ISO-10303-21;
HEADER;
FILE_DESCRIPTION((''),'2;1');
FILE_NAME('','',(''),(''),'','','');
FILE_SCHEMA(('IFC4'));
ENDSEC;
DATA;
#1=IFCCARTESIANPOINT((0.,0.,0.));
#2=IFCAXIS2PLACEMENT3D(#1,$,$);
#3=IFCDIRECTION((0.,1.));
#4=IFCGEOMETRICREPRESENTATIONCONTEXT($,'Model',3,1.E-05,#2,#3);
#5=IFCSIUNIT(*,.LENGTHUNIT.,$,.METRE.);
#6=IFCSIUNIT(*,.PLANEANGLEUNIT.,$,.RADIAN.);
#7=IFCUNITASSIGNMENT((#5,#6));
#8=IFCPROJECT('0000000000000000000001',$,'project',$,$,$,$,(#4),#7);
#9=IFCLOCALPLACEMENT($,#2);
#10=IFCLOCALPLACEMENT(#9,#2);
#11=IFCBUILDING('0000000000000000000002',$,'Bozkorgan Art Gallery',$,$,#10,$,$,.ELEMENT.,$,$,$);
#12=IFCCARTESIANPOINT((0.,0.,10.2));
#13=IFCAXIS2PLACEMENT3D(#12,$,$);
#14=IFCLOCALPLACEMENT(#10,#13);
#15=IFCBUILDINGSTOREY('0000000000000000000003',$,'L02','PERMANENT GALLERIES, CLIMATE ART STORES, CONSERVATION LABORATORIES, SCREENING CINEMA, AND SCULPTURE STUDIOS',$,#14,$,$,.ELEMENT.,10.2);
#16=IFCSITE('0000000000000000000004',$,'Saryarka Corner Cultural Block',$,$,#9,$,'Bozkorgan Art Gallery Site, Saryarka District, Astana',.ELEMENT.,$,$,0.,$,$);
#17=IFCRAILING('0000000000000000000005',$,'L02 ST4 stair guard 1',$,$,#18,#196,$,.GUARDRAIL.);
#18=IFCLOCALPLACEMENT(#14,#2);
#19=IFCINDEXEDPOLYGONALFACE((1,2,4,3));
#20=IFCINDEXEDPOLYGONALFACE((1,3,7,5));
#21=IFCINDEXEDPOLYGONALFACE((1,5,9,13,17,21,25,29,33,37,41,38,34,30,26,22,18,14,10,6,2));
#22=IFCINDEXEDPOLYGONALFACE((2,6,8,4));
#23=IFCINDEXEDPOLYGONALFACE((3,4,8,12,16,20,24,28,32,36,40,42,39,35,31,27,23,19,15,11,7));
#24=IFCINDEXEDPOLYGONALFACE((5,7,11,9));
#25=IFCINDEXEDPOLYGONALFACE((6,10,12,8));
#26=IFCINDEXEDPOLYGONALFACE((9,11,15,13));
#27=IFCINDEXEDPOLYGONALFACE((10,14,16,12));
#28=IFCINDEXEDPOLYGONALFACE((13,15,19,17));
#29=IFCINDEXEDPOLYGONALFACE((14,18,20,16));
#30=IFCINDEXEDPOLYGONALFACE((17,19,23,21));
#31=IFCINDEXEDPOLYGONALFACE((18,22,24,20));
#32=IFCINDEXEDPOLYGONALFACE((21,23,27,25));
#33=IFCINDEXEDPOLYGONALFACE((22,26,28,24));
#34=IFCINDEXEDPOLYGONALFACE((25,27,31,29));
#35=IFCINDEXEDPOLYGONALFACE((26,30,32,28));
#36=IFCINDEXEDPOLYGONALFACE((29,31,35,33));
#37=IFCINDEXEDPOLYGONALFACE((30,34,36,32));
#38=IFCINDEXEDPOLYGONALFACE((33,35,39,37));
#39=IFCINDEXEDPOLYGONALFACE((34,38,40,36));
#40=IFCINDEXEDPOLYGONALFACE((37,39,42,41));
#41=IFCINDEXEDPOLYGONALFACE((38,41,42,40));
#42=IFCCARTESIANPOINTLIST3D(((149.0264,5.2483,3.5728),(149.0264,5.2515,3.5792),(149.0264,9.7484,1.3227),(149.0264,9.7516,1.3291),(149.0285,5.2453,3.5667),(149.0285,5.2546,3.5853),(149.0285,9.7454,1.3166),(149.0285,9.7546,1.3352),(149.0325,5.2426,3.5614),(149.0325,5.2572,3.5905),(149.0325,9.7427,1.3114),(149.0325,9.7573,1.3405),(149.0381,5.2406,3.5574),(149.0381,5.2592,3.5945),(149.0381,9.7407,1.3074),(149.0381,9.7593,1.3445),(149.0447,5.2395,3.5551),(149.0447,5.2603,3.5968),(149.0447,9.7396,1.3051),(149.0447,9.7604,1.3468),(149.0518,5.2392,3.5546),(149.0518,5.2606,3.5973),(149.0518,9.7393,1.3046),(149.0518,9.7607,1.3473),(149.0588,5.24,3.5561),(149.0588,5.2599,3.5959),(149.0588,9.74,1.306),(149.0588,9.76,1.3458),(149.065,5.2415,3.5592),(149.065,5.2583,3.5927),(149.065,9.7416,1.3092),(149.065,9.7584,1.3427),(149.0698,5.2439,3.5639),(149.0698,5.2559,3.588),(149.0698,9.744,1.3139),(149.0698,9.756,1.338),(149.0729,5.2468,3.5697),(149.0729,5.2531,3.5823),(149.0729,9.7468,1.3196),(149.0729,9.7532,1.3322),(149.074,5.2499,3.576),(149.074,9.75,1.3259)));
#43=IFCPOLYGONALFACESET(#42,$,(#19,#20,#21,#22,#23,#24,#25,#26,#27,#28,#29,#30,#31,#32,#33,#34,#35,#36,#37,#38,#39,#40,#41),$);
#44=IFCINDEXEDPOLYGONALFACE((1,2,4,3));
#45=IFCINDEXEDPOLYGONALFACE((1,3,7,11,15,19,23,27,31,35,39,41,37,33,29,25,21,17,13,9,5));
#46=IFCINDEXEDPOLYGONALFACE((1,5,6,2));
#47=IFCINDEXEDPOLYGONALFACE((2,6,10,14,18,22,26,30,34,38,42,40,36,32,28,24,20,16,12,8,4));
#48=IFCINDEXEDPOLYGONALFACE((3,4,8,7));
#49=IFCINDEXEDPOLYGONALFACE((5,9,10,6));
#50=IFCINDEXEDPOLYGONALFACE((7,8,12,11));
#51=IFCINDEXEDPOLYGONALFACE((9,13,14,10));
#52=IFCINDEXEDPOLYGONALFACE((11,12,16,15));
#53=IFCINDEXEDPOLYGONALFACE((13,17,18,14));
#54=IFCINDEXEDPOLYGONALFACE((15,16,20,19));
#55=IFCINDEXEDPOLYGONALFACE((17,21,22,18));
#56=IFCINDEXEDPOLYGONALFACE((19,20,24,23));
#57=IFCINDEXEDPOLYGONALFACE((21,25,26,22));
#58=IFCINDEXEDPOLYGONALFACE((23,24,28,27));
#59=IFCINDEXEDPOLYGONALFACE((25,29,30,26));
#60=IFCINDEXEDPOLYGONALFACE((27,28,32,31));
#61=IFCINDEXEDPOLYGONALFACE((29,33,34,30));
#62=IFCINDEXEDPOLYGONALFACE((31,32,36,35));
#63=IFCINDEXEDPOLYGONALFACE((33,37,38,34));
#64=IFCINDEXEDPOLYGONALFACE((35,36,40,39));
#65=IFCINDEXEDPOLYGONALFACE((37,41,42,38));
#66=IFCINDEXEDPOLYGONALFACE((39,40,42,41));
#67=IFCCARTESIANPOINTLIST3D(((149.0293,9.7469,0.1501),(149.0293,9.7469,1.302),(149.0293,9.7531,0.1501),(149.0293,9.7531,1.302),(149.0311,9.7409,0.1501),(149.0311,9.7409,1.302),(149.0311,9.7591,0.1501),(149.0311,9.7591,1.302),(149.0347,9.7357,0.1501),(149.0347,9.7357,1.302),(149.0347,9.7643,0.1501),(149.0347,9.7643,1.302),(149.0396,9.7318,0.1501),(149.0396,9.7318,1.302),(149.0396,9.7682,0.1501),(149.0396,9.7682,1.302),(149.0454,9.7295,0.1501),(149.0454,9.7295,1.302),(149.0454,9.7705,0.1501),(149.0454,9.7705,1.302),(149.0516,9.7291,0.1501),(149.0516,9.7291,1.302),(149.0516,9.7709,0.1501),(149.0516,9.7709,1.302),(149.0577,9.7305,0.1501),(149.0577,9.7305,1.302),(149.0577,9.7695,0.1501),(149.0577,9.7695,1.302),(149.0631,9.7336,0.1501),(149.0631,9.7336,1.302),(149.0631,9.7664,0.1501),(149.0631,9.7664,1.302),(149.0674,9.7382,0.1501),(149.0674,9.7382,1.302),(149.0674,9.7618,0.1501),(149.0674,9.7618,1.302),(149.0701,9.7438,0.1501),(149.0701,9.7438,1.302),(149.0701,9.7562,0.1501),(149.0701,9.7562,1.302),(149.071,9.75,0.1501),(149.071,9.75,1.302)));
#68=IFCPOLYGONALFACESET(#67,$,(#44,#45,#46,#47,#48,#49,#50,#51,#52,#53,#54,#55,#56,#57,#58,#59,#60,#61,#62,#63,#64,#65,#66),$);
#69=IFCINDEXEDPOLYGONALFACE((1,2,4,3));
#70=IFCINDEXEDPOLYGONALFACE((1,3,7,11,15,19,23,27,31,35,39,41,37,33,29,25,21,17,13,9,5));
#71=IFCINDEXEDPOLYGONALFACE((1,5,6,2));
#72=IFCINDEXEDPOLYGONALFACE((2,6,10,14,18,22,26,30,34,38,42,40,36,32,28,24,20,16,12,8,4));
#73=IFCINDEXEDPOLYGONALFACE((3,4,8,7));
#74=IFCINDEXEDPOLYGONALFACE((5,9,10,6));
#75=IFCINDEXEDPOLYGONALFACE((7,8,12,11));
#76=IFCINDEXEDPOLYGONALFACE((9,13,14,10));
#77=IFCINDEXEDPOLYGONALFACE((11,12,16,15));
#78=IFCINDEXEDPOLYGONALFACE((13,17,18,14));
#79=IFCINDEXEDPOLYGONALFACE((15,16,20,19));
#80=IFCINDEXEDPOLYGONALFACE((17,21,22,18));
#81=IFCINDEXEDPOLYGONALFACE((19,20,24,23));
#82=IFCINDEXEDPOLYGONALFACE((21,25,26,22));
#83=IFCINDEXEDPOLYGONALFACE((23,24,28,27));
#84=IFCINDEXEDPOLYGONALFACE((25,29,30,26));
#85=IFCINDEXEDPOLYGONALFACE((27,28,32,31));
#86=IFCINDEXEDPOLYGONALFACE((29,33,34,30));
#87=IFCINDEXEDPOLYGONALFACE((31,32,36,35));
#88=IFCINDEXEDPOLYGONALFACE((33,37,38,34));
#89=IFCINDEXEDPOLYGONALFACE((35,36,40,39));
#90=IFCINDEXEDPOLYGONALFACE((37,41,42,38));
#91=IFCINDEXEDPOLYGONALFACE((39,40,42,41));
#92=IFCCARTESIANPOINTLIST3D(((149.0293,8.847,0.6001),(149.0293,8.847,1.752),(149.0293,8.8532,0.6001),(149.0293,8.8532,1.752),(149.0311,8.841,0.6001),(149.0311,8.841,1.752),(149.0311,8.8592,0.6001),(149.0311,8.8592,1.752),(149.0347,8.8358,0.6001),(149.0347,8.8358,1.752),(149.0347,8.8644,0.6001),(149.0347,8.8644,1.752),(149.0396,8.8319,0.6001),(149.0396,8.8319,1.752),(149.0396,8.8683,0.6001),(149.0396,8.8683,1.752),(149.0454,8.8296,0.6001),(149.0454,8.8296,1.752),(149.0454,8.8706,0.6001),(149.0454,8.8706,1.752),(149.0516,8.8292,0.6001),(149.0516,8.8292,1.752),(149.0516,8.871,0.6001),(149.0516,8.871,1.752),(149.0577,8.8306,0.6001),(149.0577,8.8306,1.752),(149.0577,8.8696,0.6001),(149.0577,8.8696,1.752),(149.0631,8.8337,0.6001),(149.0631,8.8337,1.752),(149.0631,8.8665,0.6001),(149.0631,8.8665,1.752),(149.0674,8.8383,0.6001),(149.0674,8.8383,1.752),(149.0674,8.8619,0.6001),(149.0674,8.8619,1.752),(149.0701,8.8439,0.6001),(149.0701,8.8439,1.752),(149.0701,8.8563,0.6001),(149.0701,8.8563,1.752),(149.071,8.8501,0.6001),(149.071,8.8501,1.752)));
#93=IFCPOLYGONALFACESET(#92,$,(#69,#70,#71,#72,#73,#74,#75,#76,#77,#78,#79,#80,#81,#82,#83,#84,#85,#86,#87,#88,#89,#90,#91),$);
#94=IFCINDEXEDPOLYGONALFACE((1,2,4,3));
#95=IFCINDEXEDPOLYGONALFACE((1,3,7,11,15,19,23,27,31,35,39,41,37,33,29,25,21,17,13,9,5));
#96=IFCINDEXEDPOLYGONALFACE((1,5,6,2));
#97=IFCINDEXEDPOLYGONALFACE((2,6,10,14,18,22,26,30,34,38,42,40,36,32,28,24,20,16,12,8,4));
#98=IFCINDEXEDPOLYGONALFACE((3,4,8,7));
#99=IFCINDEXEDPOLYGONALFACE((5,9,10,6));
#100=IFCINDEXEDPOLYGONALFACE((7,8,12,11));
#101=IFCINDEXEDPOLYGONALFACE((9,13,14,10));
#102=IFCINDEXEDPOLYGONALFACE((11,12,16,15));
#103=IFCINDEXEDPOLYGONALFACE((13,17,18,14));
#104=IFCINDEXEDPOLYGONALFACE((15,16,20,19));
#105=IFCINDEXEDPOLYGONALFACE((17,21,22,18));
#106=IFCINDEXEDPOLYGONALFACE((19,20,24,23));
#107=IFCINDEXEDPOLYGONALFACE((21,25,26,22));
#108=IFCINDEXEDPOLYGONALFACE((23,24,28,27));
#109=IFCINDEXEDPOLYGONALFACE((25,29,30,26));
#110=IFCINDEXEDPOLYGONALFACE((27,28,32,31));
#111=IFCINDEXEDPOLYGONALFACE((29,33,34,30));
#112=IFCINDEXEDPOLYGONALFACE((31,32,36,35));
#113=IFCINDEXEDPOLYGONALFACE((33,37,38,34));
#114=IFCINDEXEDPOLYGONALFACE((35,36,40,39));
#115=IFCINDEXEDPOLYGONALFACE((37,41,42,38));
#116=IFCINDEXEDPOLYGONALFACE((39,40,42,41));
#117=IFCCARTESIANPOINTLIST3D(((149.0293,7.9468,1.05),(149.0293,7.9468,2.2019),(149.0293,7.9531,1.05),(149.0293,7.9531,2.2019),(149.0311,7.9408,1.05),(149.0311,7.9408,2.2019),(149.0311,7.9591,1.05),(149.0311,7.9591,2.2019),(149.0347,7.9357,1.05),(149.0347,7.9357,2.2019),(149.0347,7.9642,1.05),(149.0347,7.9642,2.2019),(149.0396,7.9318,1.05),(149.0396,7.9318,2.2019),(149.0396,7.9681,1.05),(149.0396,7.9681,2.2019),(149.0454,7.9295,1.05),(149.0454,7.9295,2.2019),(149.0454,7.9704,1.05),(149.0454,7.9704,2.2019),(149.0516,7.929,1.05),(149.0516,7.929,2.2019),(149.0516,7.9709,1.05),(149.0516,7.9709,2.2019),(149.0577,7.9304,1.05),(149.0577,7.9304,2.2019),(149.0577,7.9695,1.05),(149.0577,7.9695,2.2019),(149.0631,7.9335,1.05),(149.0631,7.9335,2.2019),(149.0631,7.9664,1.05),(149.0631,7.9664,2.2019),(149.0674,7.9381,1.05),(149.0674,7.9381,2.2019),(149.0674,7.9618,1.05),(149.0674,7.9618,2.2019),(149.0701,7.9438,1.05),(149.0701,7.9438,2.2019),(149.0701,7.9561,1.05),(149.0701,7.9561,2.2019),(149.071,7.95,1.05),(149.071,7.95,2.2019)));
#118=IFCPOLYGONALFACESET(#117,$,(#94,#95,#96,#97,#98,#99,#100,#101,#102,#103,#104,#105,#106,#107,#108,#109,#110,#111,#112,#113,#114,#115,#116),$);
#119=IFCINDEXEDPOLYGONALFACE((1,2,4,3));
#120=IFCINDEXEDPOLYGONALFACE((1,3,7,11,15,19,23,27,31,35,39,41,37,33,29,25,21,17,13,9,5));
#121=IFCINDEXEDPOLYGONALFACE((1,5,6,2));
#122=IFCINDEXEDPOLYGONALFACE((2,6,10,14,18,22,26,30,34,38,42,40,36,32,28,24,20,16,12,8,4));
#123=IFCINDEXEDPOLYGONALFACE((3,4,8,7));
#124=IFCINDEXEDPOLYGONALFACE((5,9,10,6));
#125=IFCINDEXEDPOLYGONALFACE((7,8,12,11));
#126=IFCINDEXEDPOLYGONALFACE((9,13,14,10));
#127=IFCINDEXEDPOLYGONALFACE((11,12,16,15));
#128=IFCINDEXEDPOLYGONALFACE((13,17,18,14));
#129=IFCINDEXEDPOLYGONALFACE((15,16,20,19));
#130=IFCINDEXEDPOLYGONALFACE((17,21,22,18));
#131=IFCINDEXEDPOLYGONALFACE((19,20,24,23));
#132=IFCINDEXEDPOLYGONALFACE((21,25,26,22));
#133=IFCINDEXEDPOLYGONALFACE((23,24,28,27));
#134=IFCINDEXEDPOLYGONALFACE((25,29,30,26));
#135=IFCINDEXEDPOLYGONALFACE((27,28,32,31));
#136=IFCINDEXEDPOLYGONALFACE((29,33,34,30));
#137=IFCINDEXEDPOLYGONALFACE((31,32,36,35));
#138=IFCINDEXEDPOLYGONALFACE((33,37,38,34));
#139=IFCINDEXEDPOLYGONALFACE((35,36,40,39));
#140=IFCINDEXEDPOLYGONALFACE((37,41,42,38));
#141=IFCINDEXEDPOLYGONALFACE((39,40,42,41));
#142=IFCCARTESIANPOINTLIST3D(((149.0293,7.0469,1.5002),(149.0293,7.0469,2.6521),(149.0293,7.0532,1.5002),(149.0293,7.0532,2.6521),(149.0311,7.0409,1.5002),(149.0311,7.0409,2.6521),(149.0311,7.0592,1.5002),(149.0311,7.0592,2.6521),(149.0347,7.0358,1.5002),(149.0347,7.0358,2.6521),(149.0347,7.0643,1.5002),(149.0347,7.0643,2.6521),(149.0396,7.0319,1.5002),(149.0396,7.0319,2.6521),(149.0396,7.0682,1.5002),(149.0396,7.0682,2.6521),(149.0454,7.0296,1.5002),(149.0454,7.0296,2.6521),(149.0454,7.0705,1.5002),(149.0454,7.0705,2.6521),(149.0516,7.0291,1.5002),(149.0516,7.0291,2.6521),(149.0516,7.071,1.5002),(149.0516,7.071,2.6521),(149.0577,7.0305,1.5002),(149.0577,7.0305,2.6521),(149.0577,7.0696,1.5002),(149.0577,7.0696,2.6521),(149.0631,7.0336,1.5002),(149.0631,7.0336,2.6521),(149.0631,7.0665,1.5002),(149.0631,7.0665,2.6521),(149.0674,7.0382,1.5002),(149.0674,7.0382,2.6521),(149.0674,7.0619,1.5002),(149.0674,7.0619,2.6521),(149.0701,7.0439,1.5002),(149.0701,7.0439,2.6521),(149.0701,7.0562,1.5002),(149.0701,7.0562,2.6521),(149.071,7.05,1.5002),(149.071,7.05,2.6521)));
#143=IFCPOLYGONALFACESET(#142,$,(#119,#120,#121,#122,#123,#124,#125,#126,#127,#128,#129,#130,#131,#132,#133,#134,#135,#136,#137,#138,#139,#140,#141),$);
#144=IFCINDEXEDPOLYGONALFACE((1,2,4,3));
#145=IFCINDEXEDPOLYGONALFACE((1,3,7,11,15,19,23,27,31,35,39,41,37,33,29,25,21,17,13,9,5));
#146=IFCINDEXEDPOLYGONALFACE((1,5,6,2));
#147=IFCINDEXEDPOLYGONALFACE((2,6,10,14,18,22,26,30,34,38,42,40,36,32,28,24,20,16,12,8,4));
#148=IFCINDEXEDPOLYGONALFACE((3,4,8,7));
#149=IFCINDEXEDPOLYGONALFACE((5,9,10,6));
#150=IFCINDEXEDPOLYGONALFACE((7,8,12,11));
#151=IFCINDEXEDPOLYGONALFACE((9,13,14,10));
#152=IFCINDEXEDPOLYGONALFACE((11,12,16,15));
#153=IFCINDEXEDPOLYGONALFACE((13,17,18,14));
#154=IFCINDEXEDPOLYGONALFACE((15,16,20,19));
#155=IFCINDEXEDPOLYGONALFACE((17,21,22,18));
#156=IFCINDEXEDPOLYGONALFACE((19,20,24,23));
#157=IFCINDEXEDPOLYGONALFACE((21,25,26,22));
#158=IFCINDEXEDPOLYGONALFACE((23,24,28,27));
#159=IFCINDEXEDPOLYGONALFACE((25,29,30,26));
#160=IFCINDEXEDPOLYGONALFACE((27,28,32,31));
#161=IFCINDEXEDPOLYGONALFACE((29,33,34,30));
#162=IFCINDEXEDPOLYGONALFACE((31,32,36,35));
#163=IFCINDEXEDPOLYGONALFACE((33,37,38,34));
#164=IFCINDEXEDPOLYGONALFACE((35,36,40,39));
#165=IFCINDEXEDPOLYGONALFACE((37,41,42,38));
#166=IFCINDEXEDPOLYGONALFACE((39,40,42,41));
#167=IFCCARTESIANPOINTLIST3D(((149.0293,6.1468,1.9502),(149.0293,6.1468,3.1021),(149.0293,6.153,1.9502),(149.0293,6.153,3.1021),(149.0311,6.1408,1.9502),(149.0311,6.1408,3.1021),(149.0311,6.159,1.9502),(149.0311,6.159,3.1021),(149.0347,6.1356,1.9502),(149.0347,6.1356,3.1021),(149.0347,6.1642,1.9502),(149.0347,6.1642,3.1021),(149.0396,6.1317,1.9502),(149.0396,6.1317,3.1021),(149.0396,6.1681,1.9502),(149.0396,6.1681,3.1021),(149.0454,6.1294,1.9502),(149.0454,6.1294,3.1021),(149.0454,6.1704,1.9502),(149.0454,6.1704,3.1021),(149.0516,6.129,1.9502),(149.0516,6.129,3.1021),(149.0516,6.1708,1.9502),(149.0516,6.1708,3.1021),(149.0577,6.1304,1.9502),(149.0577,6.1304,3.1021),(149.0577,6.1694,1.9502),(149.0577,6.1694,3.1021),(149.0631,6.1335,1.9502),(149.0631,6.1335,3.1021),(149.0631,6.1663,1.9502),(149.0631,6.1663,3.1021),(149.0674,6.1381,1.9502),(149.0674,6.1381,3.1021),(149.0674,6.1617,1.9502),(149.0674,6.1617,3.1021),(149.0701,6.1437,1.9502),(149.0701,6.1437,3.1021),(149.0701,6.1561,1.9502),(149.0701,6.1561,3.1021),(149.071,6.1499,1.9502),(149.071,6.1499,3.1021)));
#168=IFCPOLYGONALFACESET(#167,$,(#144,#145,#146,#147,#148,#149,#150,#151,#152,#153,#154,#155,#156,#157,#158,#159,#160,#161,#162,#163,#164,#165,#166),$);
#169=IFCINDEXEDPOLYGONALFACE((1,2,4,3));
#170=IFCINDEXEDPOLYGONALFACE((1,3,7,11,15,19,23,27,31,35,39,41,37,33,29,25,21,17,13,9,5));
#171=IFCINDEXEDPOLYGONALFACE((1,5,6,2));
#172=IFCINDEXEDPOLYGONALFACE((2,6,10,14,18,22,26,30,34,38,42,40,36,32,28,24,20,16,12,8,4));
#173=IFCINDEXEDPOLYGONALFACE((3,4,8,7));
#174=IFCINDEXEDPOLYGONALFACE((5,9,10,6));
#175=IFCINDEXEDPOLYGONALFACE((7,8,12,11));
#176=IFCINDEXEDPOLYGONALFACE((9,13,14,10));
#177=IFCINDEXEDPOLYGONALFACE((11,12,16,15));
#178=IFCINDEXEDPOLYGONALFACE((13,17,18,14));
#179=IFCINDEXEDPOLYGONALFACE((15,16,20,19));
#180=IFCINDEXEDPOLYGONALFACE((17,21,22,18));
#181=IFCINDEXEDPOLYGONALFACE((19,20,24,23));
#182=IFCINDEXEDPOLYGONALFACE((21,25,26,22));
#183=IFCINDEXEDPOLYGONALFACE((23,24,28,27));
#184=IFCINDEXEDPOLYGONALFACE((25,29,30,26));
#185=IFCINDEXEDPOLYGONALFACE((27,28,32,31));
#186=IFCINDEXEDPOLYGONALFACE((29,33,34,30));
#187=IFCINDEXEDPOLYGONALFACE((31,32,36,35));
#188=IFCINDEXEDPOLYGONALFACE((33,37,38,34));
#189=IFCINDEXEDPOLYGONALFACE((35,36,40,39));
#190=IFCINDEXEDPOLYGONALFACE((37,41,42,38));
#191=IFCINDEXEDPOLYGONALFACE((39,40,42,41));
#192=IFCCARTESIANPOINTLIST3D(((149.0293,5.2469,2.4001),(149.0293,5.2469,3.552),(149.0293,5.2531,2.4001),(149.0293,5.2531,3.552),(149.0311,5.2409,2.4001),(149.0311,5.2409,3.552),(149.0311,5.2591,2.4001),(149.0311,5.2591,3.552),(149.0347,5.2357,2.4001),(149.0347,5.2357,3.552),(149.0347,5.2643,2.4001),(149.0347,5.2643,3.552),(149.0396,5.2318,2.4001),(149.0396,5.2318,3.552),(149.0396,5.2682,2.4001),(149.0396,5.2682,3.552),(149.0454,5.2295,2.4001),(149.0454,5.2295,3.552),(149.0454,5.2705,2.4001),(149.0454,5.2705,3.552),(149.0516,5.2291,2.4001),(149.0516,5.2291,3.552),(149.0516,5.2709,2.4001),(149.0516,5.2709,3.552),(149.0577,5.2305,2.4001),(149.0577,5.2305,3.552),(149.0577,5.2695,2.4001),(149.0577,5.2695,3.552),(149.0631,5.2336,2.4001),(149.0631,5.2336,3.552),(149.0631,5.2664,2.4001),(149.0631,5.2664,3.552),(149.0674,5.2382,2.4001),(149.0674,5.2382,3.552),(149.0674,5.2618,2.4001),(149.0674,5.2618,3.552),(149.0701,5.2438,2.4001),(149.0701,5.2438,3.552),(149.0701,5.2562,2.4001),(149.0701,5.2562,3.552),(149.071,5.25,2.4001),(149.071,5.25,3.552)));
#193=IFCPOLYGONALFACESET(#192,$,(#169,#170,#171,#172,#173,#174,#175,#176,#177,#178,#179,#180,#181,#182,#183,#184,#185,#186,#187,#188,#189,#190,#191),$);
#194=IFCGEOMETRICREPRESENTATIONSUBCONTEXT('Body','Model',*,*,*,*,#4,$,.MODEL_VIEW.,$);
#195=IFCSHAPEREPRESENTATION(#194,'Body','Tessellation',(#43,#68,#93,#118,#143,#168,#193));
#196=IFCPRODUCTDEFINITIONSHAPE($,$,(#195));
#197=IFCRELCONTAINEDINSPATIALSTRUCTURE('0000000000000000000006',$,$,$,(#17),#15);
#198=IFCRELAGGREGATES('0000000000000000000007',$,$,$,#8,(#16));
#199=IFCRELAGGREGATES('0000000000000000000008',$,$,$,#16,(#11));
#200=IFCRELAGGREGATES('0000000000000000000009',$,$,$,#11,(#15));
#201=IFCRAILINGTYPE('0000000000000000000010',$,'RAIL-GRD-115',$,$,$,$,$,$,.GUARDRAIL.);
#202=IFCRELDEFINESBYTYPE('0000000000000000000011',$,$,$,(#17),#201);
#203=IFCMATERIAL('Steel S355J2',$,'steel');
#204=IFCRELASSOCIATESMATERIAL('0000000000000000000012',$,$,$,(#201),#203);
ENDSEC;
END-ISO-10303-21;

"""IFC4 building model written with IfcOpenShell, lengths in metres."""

from ifc_helpers import new_model, si_unit, direction, frame, origin, origin_2d, place, context, subcontext, project, spatial, circle, extrude, material, type_object, element, save


model = new_model("IFC4")

# Units and contexts
model_context = context("Model", 3, precision=1e-05, world=origin(), true_north=direction((0.0, 1.0)))
body_context = subcontext(model_context, "Body", "Model", "MODEL_VIEW")
ifc_project = project(units=[si_unit("LENGTHUNIT", "METRE"), si_unit("PLANEANGLEUNIT", "RADIAN")], contexts=[model_context])

# Site, building, storey
site_placement = place(None, origin())
site = spatial("IfcSite", under=ifc_project, at=site_placement, Name="Saryarka Corner Cultural Block", LongName="Bozkorgan Art Gallery Site, Saryarka District, Astana", CompositionType="ELEMENT", RefElevation=0.0)
building_placement = place(site_placement, origin())
building = spatial("IfcBuilding", under=site, at=building_placement, Name="Bozkorgan Art Gallery", CompositionType="ELEMENT")
storey_placement = place(building_placement, frame((0.0, 0.0, 10.2)))
storey = spatial("IfcBuildingStorey", under=building, at=storey_placement, Name="L02", Description="PERMANENT GALLERIES, CLIMATE ART STORES, CONSERVATION LABORATORIES, SCREENING CINEMA, AND SCULPTURE STUDIOS", CompositionType="ELEMENT", Elevation=10.2)

# Shared definitions
ifc_material_1 = material(Name="Steel S355J2", Category="steel")

# Railing
railing_type_1 = type_object("IfcRailingType", Name="RAIL-GRD-115", PredefinedType="GUARDRAIL", material=ifc_material_1)
railing_1_placement = place(storey_placement, frame((149.05, 9.75, 0.1501)))
element("IfcRailing", 1, at=railing_1_placement, inside=storey, type_object=railing_type_1, Name="L02 ST4 stair guard 1", PredefinedType="GUARDRAIL", context=body_context, shape_type="SweptSolid", body=[
    extrude(circle(Radius=0.0239, at=origin_2d()), frame((0.0, 0.0, 1.1758), z_axis=(0.0, -0.894427, 0.447214), x_axis=(1.0, 0.0, 0.0)), (0.0, 0.0, 1.0), 5.0312),
    extrude(circle(Radius=0.021, at=origin_2d()), origin(), (0.0, 0.0, 1.0), 1.1519),
    extrude(circle(Radius=0.021, at=origin_2d()), frame((0.0, -0.8999, 0.45)), (0.0, 0.0, 1.0), 1.1519),
    extrude(circle(Radius=0.021, at=origin_2d()), frame((0.0, -1.8, 0.8999)), (0.0, 0.0, 1.0), 1.1519),
    extrude(circle(Radius=0.021, at=origin_2d()), frame((0.0, -2.7, 1.3501)), (0.0, 0.0, 1.0), 1.1519),
    extrude(circle(Radius=0.021, at=origin_2d()), frame((0.0, -3.6001, 1.8)), (0.0, 0.0, 1.0), 1.1519),
    extrude(circle(Radius=0.021, at=origin_2d()), frame((0.0, -4.5, 2.25)), (0.0, 0.0, 1.0), 1.1519),
])

save(model, "model.ifc")
